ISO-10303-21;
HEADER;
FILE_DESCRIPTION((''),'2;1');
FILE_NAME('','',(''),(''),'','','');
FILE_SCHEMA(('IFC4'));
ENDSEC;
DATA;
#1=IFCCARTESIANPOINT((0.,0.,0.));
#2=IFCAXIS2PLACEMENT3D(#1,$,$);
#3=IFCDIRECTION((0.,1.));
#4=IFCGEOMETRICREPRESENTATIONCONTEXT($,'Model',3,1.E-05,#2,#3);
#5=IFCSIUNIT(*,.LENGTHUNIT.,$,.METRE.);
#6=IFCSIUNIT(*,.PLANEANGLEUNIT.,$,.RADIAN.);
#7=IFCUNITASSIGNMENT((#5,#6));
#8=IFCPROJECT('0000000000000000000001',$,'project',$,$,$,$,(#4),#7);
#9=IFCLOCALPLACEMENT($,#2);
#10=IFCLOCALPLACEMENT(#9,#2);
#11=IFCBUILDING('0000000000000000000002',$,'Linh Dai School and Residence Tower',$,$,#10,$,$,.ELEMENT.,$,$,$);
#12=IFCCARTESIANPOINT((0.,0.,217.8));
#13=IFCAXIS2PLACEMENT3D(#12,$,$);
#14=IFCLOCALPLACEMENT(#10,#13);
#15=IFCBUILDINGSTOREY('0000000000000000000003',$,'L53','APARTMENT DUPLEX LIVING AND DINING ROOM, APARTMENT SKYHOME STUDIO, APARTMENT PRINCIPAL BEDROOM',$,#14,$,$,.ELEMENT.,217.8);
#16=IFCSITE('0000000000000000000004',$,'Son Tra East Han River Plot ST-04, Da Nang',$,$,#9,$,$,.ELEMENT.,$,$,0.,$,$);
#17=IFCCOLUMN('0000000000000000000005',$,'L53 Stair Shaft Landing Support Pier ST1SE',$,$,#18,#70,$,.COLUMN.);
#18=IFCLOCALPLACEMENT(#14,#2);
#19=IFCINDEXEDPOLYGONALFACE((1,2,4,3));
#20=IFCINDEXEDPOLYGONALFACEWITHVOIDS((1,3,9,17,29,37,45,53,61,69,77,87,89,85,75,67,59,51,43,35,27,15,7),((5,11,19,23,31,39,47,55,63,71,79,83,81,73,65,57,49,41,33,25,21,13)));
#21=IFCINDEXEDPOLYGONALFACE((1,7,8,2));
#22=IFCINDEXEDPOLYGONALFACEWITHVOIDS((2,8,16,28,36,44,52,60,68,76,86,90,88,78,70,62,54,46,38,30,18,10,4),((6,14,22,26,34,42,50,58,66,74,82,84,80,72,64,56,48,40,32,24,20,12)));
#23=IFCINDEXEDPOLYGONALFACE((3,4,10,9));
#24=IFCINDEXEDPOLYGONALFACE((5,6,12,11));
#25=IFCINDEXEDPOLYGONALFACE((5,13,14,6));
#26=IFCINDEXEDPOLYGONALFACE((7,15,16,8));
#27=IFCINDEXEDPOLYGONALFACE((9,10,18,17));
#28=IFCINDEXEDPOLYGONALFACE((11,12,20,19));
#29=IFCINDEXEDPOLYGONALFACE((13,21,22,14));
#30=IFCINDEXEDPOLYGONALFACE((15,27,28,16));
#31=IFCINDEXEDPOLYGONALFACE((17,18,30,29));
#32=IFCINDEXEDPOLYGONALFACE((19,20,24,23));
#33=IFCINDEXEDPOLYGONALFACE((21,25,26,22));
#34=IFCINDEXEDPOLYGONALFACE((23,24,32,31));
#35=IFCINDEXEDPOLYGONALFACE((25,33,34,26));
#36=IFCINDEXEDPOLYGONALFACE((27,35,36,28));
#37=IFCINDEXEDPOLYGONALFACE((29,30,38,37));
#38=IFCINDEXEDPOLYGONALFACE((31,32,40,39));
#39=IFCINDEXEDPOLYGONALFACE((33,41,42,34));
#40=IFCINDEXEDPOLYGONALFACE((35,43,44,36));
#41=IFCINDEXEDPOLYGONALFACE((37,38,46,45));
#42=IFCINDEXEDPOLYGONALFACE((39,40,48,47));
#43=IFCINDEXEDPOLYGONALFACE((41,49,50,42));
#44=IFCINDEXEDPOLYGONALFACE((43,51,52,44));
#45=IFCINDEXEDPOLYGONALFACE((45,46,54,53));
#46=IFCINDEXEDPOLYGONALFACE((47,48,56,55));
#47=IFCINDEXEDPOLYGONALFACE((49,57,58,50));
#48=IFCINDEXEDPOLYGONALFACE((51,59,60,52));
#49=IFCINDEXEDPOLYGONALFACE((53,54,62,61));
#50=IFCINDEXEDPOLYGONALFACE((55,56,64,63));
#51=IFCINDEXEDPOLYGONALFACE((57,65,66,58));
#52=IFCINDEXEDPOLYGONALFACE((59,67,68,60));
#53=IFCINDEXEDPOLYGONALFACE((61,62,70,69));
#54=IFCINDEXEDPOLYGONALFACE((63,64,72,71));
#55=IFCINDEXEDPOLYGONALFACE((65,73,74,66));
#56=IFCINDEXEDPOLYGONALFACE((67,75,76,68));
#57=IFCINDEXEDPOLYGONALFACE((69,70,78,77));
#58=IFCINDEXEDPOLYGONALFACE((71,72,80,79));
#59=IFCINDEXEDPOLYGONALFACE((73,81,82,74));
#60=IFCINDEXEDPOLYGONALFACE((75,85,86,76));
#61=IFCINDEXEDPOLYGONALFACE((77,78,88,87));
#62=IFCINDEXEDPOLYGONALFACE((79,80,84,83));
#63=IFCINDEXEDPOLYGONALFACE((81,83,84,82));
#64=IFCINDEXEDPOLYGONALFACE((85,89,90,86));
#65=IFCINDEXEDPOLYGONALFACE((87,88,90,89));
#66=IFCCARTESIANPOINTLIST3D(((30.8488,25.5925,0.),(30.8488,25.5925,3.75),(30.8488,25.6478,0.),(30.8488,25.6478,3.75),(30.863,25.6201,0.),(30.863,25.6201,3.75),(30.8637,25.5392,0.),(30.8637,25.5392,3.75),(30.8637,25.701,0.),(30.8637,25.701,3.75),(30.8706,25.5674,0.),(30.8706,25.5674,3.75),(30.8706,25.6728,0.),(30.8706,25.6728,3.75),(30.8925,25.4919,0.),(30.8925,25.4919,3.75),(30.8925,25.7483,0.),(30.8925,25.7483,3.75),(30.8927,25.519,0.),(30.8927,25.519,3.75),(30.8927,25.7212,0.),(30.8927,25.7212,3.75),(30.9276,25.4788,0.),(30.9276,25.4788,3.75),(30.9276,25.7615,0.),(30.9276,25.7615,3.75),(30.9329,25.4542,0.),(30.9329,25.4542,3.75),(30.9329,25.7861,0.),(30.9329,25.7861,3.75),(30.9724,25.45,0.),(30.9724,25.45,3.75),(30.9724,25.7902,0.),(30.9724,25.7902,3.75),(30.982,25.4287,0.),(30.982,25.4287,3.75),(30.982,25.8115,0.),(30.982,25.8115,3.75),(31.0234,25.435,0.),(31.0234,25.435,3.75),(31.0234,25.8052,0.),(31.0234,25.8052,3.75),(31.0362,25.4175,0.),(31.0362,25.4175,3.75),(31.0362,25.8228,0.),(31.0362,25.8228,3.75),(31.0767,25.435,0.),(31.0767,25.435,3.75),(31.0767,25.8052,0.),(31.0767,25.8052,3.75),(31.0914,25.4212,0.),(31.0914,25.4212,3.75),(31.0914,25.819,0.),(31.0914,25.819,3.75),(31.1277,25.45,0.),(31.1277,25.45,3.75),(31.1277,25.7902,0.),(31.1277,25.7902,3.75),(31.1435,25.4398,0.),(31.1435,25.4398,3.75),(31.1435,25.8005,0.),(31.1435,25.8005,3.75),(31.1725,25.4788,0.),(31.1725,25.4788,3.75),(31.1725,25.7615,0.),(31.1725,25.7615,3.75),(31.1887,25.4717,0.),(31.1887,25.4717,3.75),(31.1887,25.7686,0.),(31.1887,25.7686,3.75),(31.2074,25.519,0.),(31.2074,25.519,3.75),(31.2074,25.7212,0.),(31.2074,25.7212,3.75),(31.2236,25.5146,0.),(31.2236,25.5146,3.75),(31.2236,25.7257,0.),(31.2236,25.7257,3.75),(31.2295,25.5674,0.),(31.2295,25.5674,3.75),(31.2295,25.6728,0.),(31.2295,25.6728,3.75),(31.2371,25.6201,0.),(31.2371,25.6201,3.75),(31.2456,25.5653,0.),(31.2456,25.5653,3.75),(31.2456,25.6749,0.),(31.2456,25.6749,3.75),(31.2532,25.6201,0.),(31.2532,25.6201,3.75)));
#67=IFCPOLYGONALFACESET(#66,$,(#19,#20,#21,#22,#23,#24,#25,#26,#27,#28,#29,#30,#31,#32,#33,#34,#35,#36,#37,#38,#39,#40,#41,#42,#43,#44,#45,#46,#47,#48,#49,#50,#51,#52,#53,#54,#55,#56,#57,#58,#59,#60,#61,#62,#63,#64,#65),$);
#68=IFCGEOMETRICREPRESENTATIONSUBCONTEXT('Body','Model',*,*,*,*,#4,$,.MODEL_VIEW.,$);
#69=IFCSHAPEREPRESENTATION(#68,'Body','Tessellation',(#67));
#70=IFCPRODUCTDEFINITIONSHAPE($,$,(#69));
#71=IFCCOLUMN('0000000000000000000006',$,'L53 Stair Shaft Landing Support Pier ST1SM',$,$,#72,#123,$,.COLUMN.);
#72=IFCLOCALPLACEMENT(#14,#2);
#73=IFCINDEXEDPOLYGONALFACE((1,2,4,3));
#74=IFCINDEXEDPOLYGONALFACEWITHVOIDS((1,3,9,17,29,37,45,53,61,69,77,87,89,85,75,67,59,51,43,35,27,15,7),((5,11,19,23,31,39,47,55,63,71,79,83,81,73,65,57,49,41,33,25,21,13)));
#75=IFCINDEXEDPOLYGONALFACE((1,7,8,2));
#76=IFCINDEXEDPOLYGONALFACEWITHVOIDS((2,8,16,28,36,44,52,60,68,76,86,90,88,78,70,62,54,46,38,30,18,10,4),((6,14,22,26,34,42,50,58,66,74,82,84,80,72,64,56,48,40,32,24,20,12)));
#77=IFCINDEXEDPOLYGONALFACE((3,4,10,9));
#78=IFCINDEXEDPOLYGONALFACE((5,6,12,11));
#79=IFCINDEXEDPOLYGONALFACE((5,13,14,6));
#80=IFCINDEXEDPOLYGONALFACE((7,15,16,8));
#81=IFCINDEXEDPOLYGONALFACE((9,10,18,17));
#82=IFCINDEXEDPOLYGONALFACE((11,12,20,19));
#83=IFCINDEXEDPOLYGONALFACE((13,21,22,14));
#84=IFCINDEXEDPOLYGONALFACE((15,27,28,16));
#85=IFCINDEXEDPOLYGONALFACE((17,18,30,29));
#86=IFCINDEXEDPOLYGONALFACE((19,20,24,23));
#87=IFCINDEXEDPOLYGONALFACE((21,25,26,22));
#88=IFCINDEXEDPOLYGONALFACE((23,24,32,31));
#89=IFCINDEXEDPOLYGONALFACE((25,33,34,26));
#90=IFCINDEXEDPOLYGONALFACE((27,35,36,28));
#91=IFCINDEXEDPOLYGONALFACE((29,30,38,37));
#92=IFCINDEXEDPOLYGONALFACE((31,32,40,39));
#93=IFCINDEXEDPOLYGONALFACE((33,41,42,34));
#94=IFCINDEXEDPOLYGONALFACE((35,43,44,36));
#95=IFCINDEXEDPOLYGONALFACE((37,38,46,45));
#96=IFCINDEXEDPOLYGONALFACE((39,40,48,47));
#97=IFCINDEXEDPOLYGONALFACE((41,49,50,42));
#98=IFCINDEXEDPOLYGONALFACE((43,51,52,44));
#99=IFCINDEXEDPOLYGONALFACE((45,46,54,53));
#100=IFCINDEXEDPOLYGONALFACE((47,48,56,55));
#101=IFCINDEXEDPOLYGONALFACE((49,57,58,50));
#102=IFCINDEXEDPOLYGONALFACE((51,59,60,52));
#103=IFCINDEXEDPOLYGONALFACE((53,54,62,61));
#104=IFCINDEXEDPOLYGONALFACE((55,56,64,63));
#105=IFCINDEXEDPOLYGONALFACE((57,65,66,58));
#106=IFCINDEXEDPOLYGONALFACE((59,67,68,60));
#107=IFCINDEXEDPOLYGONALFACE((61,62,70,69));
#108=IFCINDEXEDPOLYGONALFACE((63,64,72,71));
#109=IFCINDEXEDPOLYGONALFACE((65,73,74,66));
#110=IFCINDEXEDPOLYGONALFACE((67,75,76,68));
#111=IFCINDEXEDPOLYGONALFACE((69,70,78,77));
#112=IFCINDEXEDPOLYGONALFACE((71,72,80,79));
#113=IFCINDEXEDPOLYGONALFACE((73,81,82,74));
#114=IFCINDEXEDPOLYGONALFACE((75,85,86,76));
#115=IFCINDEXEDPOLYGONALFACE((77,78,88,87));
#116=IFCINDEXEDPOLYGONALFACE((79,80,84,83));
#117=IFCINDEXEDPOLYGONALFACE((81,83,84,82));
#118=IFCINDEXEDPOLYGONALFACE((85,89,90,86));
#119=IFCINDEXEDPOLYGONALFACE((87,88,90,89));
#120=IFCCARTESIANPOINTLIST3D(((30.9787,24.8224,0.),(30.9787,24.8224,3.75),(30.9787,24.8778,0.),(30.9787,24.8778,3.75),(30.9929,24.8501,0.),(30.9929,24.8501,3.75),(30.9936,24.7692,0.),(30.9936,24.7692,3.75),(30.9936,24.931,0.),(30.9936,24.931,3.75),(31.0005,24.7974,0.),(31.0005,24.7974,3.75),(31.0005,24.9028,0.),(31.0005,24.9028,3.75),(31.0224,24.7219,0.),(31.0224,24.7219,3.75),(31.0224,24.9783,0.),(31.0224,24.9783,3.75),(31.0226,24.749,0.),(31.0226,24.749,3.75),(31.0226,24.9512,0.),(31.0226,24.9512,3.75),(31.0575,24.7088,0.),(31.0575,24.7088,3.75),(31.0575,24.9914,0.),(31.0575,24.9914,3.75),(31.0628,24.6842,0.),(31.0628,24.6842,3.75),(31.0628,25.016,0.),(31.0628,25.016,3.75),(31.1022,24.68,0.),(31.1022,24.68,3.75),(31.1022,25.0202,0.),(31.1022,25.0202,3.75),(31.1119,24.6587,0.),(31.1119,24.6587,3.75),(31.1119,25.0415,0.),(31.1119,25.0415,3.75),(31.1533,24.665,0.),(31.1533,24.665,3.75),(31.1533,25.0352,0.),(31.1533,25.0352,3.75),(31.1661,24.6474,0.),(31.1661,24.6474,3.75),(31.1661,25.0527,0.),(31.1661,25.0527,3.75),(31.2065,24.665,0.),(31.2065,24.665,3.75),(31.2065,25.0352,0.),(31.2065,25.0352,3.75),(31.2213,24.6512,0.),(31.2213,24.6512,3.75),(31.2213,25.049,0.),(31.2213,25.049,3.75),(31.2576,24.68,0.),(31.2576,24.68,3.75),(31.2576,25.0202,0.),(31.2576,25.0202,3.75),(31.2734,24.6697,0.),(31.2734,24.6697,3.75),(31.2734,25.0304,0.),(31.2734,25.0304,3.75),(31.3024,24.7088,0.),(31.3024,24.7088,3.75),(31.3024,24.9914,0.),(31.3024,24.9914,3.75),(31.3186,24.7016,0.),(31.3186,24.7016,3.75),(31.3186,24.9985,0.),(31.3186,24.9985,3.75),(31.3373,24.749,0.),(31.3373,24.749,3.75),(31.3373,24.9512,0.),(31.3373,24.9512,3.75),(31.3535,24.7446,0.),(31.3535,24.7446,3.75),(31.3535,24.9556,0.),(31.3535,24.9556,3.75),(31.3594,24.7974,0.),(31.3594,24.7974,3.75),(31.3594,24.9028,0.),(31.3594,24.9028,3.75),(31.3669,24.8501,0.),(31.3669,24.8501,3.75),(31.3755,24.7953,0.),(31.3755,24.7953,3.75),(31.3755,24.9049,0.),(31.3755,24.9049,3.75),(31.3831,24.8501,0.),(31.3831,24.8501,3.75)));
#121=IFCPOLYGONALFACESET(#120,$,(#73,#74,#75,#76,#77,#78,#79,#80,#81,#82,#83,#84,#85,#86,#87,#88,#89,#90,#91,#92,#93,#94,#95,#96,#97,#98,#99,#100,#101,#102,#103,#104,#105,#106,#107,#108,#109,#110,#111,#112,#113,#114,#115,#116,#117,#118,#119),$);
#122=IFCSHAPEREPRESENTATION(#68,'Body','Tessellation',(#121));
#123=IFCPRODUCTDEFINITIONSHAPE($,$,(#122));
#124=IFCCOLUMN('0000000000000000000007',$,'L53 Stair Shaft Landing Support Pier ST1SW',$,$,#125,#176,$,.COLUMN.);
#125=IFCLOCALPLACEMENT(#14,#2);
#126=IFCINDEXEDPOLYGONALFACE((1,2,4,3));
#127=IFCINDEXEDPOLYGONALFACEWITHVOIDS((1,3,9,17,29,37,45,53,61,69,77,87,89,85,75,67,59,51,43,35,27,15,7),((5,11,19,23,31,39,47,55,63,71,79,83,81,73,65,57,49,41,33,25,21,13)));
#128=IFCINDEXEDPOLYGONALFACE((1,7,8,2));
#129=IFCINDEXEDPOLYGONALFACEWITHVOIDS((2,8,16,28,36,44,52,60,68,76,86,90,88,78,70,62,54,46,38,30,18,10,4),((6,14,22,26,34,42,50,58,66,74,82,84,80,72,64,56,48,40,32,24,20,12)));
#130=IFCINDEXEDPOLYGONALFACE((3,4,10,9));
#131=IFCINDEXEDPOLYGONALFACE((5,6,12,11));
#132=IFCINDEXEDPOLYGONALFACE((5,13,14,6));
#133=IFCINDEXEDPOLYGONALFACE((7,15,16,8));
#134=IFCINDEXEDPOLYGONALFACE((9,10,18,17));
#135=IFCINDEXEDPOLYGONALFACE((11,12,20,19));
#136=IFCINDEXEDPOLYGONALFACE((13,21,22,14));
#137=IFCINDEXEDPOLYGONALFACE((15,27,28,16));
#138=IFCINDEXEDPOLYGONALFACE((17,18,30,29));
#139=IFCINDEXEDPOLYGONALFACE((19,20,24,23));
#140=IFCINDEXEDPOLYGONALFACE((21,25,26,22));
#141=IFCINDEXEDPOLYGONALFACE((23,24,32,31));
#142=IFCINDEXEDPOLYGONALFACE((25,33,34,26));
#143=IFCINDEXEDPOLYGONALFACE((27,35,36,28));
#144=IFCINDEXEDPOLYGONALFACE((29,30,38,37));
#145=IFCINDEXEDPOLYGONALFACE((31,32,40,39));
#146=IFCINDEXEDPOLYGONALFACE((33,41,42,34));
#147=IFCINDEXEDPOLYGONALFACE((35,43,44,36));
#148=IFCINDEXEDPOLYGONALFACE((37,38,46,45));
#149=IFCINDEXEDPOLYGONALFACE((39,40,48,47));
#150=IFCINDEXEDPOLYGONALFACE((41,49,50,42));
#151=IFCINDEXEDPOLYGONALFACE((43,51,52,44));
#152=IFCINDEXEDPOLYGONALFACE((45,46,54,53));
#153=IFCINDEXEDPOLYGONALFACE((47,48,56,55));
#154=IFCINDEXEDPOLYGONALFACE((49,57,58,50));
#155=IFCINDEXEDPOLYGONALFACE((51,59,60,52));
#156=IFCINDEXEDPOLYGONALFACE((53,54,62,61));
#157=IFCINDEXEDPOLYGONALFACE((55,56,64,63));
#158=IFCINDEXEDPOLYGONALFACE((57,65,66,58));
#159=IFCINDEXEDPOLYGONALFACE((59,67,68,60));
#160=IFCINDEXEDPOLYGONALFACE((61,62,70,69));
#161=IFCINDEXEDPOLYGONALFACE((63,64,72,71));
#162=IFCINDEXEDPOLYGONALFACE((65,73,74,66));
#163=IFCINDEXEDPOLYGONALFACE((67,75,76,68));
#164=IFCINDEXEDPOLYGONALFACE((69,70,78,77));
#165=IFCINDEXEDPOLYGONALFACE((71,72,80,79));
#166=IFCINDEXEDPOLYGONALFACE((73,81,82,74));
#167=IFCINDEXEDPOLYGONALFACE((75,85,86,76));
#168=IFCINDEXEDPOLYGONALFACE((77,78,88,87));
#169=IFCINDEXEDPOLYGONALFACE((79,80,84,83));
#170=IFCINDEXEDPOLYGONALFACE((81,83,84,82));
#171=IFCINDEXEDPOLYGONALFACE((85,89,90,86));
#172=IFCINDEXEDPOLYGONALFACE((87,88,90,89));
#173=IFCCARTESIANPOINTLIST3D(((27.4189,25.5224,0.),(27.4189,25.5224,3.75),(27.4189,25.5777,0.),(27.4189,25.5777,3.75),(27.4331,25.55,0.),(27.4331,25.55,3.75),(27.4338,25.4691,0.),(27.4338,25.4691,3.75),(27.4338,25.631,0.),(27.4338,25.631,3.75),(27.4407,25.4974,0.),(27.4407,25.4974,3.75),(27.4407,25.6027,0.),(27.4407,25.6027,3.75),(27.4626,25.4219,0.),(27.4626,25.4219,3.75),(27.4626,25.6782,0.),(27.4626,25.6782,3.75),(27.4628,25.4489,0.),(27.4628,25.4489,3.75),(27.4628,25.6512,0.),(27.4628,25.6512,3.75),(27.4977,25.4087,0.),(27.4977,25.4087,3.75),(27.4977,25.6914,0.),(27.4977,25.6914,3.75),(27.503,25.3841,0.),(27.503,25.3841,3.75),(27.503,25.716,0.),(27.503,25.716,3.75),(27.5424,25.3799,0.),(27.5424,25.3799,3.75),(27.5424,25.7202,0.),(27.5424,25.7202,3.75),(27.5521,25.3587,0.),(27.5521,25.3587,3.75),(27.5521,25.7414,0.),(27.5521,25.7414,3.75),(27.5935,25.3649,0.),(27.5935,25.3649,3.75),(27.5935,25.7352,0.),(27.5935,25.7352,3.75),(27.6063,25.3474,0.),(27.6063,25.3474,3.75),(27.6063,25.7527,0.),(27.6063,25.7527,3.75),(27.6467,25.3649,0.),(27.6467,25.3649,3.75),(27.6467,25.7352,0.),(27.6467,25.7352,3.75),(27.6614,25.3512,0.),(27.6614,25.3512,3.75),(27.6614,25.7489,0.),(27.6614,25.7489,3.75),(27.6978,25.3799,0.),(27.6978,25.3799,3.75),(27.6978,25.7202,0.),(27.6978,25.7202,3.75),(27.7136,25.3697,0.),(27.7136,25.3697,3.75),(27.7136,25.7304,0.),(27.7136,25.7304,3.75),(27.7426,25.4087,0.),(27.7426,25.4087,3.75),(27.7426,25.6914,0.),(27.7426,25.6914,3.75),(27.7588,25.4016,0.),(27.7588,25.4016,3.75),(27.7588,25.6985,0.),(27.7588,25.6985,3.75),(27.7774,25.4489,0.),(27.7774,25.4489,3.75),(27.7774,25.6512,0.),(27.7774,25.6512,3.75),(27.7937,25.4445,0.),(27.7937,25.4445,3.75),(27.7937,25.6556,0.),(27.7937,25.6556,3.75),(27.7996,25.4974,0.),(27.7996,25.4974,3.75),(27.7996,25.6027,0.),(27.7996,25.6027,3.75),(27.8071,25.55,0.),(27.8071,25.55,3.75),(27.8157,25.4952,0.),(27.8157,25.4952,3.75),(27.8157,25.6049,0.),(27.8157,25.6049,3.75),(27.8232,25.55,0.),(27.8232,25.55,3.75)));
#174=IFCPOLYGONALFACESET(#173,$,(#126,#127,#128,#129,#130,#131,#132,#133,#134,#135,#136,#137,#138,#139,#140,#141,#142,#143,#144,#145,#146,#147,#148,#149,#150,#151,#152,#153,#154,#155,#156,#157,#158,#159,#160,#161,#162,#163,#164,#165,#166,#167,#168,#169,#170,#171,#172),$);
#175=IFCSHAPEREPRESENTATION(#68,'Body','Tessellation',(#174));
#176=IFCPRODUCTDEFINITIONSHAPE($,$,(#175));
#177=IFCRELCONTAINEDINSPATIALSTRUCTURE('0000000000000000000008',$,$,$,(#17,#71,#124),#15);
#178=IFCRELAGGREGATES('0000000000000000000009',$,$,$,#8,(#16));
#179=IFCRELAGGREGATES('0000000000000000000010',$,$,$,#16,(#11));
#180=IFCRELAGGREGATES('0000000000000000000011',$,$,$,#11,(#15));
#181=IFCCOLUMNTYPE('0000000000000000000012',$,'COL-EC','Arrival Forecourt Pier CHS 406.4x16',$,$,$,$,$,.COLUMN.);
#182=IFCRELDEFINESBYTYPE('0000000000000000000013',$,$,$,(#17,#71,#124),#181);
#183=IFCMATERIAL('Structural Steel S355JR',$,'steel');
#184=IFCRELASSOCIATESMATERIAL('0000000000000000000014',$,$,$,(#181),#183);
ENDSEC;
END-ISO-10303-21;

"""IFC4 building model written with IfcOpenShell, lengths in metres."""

from ifc_helpers import new_model, si_unit, direction, frame, origin, origin_2d, place, context, subcontext, project, spatial, hollow_circle, extrude, material, material_profile, profile_set, type_object, element, save


model = new_model("IFC4")

# Units and contexts
model_context = context("Model", 3, precision=1e-05, world=origin(), true_north=direction((0.0, 1.0)))
body_context = subcontext(model_context, "Body", "Model", "MODEL_VIEW")
ifc_project = project(units=[si_unit("LENGTHUNIT", "METRE"), si_unit("PLANEANGLEUNIT", "RADIAN")], contexts=[model_context])

# Site, building, storey
site_placement = place(None, origin())
site = spatial("IfcSite", under=ifc_project, at=site_placement, Name="Son Tra East Han River Plot ST-04, Da Nang", CompositionType="ELEMENT", RefElevation=0.0)
building_placement = place(site_placement, origin())
building = spatial("IfcBuilding", under=site, at=building_placement, Name="Linh Dai School and Residence Tower", CompositionType="ELEMENT")
storey_placement = place(building_placement, frame((0.0, 0.0, 217.8)))
storey = spatial("IfcBuildingStorey", under=building, at=storey_placement, Name="L53", Description="APARTMENT DUPLEX LIVING AND DINING ROOM, APARTMENT SKYHOME STUDIO, APARTMENT PRINCIPAL BEDROOM", CompositionType="ELEMENT", Elevation=217.8)

# Columns
ifc_material_1 = material(Name="Structural Steel S355JR", Category="steel")
ifc_material_profile_1 = material_profile(ifc_material_1, hollow_circle(Radius=0.2031, WallThickness=0.0161, at=origin_2d()), Name="CHS 406.4x16")
ifc_profile_set_1 = profile_set([ifc_material_profile_1], Name="Structural Steel S355JR")
column_type_1 = type_object("IfcColumnType", Name="COL-EC", Description="Arrival Forecourt Pier CHS 406.4x16", PredefinedType="COLUMN", material=ifc_profile_set_1)
for number, where, z_axis, x_axis, name in (
    (1, (31.05, 25.6201, 0.0), (0.0, 0.0, 1.0), (1.0, 0.0, 0.0), "L53 Stair Shaft Landing Support Pier ST1SE"),
    (2, (31.1799, 24.8501, 0.0), (0.0, 0.0, 1.0), (1.0, 0.0, 0.0), "L53 Stair Shaft Landing Support Pier ST1SM"),
    (3, (27.6201, 25.55, 0.0), (0.0, 0.0, 1.0), (1.0, 0.0, 0.0), "L53 Stair Shaft Landing Support Pier ST1SW"),
):
    element("IfcColumn", number, at=place(storey_placement, frame(where, z_axis=z_axis, x_axis=x_axis)), inside=storey, type_object=column_type_1, Name=name, PredefinedType="COLUMN", context=body_context, shape_type="SweptSolid", body=[
        extrude(hollow_circle(Radius=0.2031, WallThickness=0.0161, at=origin_2d()), origin(), (0.0, 0.0, 1.0), 3.75),
    ])

save(model, "model.ifc")
